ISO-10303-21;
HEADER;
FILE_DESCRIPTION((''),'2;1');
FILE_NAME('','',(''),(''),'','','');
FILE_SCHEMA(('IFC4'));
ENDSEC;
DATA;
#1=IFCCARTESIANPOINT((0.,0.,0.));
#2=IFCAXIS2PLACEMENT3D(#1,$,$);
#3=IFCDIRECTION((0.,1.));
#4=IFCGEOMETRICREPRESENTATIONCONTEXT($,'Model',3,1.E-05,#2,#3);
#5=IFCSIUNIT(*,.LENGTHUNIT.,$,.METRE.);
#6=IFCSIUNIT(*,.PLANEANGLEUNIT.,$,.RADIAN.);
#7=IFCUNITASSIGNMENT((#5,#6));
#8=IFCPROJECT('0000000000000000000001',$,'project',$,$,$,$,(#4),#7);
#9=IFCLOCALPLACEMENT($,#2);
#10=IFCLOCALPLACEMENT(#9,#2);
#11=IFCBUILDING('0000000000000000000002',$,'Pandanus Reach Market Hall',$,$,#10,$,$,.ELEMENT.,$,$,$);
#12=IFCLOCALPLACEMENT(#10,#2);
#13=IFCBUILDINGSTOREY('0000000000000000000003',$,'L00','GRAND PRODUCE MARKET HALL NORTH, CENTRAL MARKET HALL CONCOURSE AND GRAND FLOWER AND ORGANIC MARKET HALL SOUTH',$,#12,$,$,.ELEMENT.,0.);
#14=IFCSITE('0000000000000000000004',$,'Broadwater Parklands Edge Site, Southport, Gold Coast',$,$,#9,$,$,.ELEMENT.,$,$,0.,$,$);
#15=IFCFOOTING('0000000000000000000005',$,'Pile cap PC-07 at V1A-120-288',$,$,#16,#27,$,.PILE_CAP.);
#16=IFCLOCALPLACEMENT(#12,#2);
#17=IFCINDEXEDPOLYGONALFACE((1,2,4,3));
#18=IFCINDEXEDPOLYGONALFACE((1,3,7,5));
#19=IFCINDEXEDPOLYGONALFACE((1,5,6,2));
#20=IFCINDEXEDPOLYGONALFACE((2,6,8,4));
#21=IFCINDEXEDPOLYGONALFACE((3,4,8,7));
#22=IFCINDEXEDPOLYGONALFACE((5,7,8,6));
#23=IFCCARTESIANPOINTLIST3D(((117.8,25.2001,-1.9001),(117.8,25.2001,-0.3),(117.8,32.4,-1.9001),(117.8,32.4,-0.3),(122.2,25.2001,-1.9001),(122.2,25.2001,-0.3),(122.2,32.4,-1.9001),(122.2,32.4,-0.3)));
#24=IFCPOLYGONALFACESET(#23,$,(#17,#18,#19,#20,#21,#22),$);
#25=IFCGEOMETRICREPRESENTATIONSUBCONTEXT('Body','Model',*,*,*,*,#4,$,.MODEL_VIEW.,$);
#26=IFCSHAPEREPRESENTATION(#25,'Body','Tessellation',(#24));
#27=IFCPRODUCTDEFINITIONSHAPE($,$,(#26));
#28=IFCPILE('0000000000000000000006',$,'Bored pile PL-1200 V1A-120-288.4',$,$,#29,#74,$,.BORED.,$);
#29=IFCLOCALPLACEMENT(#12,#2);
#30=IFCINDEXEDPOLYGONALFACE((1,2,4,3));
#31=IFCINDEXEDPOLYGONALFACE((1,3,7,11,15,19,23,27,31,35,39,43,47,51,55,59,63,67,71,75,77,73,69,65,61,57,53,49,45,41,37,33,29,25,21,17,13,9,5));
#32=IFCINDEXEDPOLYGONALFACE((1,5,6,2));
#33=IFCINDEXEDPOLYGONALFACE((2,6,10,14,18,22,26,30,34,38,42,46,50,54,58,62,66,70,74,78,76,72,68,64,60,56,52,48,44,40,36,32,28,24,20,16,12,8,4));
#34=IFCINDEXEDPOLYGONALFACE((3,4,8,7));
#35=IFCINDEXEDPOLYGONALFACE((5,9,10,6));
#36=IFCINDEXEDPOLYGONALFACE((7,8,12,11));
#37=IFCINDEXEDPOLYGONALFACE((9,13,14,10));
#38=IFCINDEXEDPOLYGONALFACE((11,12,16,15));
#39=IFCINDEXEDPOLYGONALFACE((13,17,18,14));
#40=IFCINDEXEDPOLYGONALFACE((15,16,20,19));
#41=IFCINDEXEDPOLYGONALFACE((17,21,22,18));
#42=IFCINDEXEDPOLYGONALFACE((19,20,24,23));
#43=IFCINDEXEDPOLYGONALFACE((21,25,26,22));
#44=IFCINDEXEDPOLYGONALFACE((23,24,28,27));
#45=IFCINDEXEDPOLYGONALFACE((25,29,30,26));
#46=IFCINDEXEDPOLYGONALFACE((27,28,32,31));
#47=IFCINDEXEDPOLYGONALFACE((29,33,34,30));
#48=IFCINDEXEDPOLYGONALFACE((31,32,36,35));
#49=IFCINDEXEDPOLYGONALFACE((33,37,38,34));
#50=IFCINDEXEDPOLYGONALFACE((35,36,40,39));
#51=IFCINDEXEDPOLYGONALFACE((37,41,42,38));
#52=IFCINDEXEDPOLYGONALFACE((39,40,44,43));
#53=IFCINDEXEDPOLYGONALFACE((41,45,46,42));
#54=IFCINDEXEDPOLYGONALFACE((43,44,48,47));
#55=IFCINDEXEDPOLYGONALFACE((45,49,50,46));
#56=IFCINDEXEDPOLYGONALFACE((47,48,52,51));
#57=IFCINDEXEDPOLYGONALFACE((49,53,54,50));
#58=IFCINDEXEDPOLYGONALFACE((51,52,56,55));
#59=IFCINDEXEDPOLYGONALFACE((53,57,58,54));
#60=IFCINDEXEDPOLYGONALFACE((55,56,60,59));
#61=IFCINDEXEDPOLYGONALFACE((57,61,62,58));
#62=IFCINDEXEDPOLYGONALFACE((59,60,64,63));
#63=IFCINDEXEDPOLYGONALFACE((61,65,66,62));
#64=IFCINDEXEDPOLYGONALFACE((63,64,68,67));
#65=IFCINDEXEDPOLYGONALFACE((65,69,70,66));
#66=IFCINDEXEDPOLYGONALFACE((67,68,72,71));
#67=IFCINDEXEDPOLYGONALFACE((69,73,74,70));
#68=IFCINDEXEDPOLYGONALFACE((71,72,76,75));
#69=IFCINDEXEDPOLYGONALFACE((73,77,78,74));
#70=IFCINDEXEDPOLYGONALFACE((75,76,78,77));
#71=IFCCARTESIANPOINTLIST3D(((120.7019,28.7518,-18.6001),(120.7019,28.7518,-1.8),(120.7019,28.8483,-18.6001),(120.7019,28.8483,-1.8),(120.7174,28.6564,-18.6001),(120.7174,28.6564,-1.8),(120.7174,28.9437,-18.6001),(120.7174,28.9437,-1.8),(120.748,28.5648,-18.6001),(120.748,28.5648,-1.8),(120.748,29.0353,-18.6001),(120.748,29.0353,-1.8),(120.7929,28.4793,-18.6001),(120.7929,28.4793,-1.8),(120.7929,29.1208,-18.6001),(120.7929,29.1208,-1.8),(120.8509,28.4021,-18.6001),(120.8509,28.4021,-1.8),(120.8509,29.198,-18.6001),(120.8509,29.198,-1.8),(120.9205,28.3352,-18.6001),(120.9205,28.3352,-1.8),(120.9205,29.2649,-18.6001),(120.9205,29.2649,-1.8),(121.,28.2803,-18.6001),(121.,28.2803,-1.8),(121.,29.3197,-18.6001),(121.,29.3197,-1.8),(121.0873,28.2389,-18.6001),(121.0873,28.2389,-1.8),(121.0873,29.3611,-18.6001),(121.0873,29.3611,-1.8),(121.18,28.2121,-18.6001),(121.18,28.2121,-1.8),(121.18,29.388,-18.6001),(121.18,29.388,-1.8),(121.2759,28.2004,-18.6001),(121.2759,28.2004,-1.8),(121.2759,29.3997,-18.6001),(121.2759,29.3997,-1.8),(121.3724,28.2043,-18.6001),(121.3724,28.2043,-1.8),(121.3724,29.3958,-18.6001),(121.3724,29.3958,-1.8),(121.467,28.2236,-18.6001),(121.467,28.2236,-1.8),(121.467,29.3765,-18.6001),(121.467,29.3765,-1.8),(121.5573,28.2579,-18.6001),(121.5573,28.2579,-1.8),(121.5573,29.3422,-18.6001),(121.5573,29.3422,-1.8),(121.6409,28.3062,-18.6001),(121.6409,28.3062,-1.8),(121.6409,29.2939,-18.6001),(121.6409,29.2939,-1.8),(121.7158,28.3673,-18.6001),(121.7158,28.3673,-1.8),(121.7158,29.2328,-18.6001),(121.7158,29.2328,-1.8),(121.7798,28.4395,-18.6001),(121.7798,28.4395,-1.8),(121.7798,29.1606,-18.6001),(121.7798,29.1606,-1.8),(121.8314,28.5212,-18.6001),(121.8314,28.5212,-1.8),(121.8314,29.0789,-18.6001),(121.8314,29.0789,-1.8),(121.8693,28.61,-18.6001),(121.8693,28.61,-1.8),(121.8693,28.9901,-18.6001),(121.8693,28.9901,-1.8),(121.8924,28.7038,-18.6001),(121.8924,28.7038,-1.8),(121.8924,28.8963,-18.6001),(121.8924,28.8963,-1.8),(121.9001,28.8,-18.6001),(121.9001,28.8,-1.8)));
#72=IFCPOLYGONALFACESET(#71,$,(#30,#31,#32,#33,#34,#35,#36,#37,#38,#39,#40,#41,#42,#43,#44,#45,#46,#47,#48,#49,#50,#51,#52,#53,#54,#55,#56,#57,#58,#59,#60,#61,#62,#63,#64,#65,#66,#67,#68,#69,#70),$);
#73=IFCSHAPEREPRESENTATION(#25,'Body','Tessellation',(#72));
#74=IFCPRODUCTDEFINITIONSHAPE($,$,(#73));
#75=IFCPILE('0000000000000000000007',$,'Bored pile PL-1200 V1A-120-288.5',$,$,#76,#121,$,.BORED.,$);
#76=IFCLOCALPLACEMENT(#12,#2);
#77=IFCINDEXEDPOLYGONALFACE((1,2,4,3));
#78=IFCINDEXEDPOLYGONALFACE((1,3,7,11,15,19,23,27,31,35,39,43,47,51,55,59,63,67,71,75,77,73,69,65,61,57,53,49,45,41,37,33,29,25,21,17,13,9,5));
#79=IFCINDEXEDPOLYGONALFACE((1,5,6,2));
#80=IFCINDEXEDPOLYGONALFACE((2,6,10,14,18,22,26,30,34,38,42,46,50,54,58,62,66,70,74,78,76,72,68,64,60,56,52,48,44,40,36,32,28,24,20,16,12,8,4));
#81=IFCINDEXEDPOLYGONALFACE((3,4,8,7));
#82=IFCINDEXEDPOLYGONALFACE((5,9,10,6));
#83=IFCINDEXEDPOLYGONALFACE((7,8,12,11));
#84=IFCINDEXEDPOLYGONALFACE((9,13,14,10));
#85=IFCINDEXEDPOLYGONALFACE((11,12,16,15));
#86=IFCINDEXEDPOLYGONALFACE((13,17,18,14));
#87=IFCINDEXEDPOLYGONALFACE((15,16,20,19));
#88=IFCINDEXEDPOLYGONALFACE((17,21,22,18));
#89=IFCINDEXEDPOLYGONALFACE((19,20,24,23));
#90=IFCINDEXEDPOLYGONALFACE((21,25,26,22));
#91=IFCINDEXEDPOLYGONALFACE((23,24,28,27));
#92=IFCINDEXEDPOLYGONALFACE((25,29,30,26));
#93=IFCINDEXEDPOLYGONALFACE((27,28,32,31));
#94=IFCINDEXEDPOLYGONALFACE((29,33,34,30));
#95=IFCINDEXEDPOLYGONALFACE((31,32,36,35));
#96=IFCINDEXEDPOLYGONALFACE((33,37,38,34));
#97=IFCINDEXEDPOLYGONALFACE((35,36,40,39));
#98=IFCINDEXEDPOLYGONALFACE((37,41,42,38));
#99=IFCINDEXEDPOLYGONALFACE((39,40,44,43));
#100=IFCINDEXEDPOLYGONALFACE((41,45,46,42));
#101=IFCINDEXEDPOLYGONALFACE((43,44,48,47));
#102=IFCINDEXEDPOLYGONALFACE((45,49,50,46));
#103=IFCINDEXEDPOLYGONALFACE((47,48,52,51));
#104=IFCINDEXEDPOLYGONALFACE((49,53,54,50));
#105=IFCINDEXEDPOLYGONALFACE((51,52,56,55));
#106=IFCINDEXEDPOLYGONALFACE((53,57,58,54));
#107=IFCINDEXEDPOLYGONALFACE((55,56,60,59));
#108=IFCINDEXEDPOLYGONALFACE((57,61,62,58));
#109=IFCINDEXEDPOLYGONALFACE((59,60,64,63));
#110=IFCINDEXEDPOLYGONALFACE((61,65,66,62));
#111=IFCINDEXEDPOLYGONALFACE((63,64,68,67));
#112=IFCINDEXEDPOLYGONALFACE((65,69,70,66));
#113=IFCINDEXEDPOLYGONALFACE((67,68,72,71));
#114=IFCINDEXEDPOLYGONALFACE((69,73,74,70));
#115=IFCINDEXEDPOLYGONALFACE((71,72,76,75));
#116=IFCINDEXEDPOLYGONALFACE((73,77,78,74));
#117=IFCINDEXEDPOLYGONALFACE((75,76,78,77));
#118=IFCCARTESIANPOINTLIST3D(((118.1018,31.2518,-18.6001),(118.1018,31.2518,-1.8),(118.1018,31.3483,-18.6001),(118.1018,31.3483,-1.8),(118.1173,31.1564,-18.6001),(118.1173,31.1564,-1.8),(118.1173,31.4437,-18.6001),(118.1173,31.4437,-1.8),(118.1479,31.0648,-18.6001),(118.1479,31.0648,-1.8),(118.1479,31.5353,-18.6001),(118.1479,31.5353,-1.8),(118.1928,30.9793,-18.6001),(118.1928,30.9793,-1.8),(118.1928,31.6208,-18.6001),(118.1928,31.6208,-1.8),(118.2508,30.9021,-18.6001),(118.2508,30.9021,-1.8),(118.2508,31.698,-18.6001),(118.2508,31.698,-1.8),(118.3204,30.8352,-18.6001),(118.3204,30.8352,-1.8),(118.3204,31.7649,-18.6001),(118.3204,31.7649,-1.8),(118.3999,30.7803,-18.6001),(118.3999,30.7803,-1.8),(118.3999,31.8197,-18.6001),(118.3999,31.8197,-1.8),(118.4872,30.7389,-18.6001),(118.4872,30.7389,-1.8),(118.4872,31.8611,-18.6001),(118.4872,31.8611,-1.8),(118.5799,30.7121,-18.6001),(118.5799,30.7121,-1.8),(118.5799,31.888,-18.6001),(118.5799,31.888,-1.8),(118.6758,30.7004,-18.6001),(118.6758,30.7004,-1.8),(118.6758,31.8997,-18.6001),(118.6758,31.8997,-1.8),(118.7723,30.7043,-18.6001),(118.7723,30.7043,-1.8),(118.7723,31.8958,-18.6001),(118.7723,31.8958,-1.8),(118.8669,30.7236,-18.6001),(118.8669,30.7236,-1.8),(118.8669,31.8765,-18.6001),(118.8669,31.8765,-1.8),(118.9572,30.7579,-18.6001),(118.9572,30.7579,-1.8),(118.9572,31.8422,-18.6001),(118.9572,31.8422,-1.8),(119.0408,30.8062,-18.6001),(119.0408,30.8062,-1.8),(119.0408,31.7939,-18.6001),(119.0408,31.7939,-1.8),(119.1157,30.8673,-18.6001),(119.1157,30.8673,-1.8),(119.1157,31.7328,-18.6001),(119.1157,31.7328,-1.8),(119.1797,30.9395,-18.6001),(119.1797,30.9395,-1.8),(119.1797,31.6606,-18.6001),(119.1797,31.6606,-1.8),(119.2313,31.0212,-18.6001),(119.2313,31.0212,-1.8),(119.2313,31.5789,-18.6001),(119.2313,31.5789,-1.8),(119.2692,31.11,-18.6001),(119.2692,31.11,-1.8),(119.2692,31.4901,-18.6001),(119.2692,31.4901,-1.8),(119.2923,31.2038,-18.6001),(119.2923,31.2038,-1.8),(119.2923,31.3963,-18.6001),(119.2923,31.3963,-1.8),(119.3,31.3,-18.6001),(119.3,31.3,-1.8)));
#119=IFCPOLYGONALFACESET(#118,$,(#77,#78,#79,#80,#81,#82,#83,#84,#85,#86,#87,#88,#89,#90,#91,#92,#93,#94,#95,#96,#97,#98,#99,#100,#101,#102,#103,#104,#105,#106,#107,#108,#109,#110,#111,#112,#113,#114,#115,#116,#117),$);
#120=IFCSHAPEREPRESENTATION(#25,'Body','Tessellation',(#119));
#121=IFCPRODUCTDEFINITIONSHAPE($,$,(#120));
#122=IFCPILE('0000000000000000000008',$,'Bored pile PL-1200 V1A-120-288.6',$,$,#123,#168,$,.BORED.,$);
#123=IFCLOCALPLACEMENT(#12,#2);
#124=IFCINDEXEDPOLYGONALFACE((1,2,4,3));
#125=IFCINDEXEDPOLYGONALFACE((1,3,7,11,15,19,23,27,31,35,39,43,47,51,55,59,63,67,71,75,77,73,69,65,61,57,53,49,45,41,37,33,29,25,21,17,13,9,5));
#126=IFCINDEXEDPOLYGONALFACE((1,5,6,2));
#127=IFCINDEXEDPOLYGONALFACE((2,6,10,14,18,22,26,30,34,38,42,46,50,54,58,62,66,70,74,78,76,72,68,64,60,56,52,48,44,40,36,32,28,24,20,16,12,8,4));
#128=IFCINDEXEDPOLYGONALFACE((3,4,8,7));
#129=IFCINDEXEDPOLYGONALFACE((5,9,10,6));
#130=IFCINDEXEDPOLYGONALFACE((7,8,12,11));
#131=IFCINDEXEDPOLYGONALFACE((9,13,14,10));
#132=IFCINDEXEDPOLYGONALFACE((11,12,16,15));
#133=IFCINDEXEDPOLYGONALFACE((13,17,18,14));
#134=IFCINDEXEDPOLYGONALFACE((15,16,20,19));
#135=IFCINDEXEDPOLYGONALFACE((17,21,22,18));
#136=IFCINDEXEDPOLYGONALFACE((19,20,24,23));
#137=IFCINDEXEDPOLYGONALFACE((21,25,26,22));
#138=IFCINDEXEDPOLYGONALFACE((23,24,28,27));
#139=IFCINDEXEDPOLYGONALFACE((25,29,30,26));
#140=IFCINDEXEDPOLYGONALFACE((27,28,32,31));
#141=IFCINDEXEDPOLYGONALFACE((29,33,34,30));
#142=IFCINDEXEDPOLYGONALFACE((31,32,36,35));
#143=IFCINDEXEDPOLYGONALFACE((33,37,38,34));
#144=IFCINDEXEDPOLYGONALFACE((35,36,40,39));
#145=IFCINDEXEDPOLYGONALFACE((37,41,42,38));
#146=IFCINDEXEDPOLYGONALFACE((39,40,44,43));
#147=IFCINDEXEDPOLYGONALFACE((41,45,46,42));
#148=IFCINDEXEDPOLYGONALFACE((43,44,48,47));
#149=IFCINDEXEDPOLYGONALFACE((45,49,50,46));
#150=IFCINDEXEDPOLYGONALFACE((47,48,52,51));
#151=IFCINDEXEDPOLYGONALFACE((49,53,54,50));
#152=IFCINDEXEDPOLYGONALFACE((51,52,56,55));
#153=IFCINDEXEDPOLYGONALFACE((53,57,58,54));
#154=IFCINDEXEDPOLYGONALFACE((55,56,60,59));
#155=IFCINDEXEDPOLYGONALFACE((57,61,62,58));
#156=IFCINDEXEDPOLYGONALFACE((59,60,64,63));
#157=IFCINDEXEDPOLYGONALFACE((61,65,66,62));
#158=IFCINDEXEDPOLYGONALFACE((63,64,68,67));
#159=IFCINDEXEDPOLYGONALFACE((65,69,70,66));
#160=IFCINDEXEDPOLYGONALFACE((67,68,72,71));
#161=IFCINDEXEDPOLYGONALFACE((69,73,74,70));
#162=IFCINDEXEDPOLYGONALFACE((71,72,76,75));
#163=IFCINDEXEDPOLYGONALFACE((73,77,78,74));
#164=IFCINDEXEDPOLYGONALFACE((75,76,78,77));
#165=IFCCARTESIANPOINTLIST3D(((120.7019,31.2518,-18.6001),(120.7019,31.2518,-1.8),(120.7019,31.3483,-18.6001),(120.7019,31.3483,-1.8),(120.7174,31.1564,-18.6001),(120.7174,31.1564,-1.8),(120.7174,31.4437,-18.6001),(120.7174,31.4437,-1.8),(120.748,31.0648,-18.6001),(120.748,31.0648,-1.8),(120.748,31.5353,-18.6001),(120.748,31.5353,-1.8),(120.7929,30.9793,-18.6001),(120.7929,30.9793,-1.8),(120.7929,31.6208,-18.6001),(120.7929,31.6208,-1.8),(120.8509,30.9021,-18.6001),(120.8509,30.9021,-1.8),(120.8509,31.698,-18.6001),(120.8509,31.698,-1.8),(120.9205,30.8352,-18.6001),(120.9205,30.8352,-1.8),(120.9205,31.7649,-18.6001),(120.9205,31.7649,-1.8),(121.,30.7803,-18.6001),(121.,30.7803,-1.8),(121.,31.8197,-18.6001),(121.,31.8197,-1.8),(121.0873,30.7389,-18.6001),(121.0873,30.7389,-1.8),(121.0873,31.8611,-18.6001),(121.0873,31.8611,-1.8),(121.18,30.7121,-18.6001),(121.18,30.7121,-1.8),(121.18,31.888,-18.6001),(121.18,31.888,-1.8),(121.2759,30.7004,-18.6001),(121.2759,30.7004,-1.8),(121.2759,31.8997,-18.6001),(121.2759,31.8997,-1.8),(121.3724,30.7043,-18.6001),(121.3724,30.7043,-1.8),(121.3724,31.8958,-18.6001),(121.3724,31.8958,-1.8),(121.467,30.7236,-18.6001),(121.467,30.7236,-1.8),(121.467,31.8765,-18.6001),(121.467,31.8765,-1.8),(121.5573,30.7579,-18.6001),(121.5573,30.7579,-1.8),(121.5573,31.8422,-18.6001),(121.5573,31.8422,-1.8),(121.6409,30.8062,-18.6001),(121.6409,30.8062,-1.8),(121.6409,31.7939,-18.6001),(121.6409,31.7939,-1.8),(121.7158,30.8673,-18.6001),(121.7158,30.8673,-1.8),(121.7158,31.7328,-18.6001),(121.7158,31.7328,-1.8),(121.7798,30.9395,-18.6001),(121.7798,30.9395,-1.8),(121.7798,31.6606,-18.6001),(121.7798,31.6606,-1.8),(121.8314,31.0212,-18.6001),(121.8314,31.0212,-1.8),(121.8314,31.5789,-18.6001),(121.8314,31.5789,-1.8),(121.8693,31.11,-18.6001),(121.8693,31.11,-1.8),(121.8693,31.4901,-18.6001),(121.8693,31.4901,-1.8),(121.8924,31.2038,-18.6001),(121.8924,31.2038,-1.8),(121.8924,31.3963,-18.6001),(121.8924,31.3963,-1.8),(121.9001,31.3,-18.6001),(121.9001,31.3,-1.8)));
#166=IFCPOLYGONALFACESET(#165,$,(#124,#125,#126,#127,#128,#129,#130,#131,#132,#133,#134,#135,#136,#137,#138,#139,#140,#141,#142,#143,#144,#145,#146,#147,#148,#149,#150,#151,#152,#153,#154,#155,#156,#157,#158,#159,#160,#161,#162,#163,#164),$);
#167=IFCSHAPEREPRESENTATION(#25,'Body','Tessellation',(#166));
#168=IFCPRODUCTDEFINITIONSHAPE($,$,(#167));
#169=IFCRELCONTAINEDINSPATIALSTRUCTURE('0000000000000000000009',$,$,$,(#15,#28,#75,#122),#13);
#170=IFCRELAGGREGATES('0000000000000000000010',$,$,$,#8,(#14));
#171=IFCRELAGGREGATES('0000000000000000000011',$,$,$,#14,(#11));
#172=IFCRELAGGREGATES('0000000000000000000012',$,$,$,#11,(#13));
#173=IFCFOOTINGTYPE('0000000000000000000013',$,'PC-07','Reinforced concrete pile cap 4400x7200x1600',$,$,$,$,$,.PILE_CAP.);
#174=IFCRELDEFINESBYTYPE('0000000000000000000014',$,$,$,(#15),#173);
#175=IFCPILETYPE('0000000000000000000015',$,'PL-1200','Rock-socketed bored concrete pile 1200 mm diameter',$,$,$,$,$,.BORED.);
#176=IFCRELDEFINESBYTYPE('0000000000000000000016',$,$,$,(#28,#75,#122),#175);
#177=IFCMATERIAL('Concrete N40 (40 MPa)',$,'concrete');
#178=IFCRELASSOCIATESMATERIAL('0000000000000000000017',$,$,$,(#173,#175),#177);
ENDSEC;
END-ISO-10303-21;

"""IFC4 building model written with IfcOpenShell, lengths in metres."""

from ifc_helpers import new_model, si_unit, direction, frame, origin, origin_2d, place, context, subcontext, project, spatial, rectangle, circle, extrude, material, material_profile, profile_set, type_object, element, save


model = new_model("IFC4")

# Units and contexts
model_context = context("Model", 3, precision=1e-05, world=origin(), true_north=direction((0.0, 1.0)))
body_context = subcontext(model_context, "Body", "Model", "MODEL_VIEW")
ifc_project = project(units=[si_unit("LENGTHUNIT", "METRE"), si_unit("PLANEANGLEUNIT", "RADIAN")], contexts=[model_context])

# Site, building, storey
site_placement = place(None, origin())
site = spatial("IfcSite", under=ifc_project, at=site_placement, Name="Broadwater Parklands Edge Site, Southport, Gold Coast", CompositionType="ELEMENT", RefElevation=0.0)
building_placement = place(site_placement, origin())
building = spatial("IfcBuilding", under=site, at=building_placement, Name="Pandanus Reach Market Hall", CompositionType="ELEMENT")
storey_placement = place(building_placement, origin())
storey = spatial("IfcBuildingStorey", under=building, at=storey_placement, Name="L00", Description="GRAND PRODUCE MARKET HALL NORTH, CENTRAL MARKET HALL CONCOURSE AND GRAND FLOWER AND ORGANIC MARKET HALL SOUTH", CompositionType="ELEMENT", Elevation=0.0)

# Footing
ifc_material_1 = material(Name="Concrete N40 (40 MPa)", Category="concrete")
footing_type = type_object("IfcFootingType", Name="PC-07", Description="Reinforced concrete pile cap 4400x7200x1600", PredefinedType="PILE_CAP", material=ifc_material_1)
footing_placement = place(storey_placement, frame((120.0, 28.8, -1.9001), z_axis=(0.0, 0.0, 1.0), x_axis=(1.0, 0.0, 0.0)))
element("IfcFooting", 1, at=footing_placement, inside=storey, type_object=footing_type, Name="Pile cap PC-07 at V1A-120-288", PredefinedType="PILE_CAP", context=body_context, shape_type="SweptSolid", body=[
    extrude(rectangle(XDim=4.3999, YDim=7.2, at=origin_2d()), origin(), (0.0, 0.0, 1.0), 1.6001),
])

# Piles
ifc_material_profile_1 = material_profile(ifc_material_1, circle(Radius=0.6001, at=origin_2d()), Name="PILE-1200D", Category="LoadBearing")
ifc_profile_set_1 = profile_set([ifc_material_profile_1], Name="Concrete N40 (40 MPa)")
pile_type_1 = type_object("IfcPileType", Name="PL-1200", Description="Rock-socketed bored concrete pile 1200 mm diameter", PredefinedType="BORED", material=ifc_profile_set_1)
for number, where, z_axis, x_axis, name in (
    (2, (121.3, 28.8, -1.8), (0.0, 0.0, -1.0), (1.0, 0.0, 0.0), "Bored pile PL-1200 V1A-120-288.4"),
    (3, (118.7, 31.3, -1.8), (0.0, 0.0, -1.0), (1.0, 0.0, 0.0), "Bored pile PL-1200 V1A-120-288.5"),
    (4, (121.3, 31.3, -1.8), (0.0, 0.0, -1.0), (1.0, 0.0, 0.0), "Bored pile PL-1200 V1A-120-288.6"),
):
    element("IfcPile", number, at=place(storey_placement, frame(where, z_axis=z_axis, x_axis=x_axis)), inside=storey, type_object=pile_type_1, Name=name, PredefinedType="BORED", context=body_context, shape_type="SweptSolid", body=[
        extrude(circle(Radius=0.6001, at=origin_2d()), origin(), (0.0, 0.0, 1.0), 16.8),
    ])

save(model, "model.ifc")
